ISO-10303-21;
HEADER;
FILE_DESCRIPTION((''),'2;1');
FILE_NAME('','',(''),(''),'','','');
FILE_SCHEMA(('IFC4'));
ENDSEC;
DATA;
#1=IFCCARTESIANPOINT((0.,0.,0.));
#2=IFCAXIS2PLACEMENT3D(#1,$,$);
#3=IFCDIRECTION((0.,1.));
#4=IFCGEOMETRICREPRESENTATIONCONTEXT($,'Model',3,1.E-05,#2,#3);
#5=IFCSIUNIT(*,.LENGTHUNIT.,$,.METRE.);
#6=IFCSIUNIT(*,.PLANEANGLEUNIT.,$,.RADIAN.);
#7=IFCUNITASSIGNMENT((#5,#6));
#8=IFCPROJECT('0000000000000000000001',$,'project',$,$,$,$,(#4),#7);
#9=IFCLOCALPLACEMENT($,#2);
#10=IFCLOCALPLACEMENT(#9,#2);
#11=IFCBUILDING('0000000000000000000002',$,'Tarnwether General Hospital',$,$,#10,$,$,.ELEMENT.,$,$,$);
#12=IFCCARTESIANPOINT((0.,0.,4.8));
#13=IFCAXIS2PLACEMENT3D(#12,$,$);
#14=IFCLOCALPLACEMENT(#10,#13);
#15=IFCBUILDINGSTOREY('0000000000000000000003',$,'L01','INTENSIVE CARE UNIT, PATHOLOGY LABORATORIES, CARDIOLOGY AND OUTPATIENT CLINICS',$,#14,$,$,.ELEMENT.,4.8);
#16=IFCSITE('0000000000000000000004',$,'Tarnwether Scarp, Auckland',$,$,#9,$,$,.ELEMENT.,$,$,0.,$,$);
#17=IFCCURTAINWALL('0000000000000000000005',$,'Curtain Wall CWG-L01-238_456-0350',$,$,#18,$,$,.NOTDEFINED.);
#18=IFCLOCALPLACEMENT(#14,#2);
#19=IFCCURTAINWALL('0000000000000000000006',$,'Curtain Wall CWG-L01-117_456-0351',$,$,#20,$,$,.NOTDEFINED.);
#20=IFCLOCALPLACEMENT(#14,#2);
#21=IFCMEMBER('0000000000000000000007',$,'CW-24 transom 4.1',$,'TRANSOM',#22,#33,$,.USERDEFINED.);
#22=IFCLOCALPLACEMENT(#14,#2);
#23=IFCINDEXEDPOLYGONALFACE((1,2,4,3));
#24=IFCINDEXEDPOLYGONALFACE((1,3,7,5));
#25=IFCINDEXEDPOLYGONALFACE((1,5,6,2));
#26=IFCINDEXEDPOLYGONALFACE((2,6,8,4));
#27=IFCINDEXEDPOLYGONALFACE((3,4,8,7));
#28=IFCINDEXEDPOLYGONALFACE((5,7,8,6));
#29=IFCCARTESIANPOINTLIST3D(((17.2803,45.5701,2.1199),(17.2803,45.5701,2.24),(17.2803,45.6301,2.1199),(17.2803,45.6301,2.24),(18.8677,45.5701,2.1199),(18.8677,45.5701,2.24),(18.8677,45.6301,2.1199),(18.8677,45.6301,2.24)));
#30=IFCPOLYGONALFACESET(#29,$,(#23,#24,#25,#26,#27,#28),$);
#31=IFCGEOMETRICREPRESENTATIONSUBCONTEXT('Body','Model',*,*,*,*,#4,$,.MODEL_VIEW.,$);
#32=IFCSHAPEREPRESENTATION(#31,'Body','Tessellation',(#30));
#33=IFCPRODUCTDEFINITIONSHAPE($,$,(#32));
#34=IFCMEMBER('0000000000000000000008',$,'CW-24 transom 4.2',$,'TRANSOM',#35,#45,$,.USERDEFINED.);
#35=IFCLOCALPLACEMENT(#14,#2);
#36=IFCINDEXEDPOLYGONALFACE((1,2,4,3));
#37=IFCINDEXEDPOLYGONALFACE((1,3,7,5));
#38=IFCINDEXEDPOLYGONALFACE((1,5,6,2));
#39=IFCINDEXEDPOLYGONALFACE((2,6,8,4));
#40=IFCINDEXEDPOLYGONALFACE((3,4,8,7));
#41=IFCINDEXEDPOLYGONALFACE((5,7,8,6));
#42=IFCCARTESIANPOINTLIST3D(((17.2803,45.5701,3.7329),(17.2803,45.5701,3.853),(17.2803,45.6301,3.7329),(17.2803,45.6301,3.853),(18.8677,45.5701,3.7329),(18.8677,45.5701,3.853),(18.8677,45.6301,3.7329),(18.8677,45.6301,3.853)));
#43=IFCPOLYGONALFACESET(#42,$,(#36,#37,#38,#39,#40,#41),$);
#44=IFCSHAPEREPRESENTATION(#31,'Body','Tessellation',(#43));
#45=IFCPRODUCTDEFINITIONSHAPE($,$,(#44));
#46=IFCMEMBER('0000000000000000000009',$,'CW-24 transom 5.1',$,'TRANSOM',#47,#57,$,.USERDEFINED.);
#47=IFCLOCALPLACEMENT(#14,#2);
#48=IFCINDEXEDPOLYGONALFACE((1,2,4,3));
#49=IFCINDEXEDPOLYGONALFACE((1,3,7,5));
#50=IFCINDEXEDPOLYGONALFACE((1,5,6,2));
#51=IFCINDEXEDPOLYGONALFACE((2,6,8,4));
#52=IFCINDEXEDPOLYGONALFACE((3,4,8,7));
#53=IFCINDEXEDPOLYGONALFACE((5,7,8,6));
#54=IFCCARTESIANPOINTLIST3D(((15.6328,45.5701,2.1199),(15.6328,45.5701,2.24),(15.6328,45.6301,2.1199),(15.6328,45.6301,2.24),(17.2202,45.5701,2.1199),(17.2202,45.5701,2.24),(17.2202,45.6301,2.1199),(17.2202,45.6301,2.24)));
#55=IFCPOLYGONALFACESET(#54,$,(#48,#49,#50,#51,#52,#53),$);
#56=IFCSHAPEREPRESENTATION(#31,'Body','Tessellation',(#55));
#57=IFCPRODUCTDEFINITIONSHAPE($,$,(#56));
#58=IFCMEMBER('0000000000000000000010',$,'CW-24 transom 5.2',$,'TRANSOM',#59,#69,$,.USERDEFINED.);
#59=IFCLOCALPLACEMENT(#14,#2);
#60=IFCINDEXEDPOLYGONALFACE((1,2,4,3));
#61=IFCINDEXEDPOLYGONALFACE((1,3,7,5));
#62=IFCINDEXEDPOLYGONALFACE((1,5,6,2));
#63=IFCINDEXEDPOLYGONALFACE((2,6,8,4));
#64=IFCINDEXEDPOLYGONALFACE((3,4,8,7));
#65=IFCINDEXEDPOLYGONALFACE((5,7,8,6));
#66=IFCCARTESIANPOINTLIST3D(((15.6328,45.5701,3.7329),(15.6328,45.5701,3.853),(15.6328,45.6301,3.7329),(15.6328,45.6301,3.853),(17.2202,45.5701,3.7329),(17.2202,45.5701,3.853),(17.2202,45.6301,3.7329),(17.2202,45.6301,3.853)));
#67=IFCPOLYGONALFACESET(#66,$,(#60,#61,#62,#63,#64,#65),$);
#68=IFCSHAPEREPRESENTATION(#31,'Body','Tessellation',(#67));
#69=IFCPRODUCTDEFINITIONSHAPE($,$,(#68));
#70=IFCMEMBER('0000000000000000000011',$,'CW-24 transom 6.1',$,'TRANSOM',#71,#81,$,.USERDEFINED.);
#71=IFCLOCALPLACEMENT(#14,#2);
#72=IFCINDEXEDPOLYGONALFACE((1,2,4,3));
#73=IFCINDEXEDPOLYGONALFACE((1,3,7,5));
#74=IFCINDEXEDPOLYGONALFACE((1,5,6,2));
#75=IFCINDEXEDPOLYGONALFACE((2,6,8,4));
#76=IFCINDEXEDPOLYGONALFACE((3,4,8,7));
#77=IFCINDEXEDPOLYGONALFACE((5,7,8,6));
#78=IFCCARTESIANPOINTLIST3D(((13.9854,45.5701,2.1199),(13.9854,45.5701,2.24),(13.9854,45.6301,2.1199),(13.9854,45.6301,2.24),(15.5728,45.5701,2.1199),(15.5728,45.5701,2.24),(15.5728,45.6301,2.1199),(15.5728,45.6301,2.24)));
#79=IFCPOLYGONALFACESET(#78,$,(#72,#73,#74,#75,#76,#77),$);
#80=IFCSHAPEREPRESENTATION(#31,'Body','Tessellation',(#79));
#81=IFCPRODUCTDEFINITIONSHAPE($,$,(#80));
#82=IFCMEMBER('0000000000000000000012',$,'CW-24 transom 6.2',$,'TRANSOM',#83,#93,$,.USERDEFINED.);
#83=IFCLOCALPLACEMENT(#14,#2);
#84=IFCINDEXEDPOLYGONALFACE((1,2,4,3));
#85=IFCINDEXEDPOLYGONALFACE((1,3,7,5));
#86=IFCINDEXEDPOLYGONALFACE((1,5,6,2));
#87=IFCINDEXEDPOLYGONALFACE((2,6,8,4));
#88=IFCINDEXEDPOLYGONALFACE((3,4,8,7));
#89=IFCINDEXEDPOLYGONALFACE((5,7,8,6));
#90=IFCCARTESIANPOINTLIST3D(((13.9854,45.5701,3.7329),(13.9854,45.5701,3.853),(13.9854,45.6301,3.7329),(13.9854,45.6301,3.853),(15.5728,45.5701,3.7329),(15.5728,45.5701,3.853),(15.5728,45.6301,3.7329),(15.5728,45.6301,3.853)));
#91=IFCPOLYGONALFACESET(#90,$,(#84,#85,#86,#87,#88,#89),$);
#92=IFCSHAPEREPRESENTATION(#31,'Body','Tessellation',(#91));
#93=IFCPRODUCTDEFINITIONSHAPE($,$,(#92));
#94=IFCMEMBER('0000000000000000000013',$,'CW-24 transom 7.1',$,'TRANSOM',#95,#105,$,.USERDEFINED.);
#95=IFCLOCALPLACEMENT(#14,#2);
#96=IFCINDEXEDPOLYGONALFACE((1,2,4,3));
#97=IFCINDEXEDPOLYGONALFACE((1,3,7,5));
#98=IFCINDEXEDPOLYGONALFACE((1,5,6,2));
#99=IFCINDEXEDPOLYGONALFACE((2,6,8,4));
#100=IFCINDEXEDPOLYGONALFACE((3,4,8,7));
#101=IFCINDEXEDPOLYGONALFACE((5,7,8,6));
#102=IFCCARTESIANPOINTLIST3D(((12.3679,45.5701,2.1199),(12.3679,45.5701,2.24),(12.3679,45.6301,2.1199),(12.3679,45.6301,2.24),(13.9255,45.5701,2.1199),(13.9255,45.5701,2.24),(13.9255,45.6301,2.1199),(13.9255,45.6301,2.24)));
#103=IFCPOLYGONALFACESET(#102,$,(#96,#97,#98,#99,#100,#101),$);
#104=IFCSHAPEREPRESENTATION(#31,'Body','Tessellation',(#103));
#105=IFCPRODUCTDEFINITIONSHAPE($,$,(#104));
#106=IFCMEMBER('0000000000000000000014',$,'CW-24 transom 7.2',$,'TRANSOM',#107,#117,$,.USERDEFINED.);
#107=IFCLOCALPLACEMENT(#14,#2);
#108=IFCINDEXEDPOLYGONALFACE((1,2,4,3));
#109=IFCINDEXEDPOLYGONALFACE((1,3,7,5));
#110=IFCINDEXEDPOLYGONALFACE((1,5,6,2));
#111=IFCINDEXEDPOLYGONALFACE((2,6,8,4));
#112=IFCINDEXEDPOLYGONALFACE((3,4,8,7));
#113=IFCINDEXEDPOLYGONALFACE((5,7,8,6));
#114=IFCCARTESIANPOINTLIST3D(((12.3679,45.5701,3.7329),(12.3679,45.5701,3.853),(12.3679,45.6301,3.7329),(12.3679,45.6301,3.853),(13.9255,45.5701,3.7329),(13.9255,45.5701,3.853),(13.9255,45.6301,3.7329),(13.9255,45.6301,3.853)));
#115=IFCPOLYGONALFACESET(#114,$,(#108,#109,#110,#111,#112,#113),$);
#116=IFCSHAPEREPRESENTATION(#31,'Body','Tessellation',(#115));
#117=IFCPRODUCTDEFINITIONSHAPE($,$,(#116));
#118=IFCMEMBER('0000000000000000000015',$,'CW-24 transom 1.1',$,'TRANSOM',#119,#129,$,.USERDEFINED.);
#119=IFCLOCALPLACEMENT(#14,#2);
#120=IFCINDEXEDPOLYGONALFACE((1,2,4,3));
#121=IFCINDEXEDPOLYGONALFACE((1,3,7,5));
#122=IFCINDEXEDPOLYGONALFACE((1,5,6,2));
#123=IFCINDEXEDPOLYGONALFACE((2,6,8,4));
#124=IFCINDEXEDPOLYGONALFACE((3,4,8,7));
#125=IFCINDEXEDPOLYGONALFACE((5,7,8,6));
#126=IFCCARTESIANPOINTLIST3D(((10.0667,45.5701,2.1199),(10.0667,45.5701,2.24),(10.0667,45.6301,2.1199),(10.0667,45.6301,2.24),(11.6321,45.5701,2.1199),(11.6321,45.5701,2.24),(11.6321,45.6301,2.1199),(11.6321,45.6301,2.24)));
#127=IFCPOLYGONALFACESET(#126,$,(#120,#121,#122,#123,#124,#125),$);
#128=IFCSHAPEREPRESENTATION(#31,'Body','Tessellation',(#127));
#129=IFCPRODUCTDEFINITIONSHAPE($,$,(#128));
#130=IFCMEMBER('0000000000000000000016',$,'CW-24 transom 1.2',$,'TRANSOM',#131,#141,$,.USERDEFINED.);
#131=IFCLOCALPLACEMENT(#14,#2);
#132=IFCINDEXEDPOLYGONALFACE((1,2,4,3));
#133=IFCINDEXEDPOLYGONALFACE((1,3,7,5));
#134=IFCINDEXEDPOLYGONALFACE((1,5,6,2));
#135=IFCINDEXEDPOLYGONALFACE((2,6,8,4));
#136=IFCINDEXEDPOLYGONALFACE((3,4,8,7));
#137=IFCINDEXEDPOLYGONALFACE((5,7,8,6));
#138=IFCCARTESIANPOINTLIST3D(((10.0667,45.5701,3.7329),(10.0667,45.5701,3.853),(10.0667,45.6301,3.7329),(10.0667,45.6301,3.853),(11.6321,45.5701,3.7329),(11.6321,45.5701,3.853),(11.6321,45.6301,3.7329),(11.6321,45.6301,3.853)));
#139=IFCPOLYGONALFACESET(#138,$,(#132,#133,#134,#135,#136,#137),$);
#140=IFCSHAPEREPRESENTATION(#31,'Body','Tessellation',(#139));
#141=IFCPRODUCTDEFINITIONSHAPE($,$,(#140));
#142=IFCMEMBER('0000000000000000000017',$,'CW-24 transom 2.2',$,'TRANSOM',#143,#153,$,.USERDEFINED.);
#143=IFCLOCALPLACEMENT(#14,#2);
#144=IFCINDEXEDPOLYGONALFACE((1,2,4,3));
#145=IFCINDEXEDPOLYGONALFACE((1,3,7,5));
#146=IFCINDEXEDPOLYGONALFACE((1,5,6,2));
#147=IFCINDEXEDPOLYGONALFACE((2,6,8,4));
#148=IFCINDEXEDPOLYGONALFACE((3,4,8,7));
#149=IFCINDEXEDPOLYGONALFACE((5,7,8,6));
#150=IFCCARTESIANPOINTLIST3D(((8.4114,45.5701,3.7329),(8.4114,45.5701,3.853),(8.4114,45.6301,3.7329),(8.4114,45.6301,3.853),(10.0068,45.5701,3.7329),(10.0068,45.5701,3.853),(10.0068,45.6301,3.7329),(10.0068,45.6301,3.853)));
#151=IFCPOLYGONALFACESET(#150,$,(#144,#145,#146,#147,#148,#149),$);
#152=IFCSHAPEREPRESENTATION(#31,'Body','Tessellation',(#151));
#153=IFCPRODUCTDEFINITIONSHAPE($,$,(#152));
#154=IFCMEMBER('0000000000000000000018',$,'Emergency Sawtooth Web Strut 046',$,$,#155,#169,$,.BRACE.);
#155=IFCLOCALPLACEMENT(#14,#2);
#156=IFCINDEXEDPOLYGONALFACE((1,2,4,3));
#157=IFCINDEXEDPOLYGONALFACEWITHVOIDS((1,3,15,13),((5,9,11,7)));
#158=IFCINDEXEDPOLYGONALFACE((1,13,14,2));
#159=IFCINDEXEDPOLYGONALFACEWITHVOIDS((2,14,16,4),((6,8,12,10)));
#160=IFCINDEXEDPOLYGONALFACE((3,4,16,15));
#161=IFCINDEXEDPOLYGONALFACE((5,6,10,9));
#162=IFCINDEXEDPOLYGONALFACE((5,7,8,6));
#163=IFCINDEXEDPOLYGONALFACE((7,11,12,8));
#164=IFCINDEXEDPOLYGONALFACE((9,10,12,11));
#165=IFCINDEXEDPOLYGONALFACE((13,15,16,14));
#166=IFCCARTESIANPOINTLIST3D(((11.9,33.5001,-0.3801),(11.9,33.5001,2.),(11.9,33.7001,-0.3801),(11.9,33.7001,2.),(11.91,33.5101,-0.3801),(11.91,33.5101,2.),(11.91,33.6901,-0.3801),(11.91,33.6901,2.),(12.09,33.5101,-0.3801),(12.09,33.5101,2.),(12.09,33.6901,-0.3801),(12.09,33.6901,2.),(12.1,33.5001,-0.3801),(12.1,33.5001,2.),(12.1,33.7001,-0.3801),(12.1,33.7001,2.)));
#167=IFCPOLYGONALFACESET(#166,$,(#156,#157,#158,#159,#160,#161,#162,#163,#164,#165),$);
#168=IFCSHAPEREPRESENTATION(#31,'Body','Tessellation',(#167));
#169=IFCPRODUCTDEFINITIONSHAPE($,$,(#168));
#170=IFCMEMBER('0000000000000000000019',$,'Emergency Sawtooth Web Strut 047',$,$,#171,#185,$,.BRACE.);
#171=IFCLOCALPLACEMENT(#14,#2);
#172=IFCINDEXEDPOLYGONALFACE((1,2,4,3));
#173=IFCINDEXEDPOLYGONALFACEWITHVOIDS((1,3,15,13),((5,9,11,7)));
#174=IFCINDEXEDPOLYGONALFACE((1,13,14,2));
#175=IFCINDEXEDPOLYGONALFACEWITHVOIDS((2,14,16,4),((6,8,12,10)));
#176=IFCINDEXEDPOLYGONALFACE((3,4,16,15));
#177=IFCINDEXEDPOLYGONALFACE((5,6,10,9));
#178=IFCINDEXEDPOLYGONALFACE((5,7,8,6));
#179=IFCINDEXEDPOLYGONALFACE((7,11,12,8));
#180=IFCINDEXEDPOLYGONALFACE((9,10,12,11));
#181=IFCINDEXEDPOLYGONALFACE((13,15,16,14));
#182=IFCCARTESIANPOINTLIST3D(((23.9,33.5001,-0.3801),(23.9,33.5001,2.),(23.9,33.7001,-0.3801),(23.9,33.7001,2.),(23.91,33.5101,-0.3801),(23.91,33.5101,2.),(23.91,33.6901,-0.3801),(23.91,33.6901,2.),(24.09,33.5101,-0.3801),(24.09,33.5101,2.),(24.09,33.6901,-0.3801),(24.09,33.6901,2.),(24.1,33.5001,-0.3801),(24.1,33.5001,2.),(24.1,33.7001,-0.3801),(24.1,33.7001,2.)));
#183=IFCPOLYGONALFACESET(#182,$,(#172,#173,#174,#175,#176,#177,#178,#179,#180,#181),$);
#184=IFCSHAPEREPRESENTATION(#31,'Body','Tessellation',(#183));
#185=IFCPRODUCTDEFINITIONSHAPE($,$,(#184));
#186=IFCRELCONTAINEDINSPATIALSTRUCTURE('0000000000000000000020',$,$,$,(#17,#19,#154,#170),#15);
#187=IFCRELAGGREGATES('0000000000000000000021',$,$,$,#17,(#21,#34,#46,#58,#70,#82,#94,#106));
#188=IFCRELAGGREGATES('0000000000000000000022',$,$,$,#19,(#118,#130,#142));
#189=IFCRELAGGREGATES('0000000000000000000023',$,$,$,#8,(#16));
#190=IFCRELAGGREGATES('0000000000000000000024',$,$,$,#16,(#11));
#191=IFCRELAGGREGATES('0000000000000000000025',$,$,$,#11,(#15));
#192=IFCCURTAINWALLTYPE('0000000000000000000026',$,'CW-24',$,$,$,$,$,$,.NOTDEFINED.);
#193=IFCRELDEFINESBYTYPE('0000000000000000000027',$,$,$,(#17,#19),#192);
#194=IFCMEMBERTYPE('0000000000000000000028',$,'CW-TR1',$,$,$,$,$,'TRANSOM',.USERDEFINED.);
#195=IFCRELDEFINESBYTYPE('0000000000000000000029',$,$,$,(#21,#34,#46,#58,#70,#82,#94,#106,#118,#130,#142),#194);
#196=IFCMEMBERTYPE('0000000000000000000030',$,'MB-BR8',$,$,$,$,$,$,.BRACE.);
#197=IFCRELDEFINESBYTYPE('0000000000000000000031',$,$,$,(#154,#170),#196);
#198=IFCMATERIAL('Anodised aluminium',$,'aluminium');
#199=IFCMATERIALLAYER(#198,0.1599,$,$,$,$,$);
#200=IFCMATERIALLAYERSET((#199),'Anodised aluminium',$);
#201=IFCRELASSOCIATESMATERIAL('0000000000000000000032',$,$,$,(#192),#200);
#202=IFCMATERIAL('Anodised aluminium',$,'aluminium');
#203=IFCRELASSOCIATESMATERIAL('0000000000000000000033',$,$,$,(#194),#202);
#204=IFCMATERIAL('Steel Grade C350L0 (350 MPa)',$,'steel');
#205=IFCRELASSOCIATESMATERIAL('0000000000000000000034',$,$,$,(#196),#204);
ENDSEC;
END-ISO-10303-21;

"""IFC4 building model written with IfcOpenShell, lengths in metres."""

from ifc_helpers import new_model, si_unit, direction, frame, origin, origin_2d, place, context, subcontext, project, spatial, rectangle, hollow_rectangle, extrude, material, layer, layer_set, material_profile, profile_set, type_object, element, aggregate, save


model = new_model("IFC4")

# Units and contexts
model_context = context("Model", 3, precision=1e-05, world=origin(), true_north=direction((0.0, 1.0)))
body_context = subcontext(model_context, "Body", "Model", "MODEL_VIEW")
ifc_project = project(units=[si_unit("LENGTHUNIT", "METRE"), si_unit("PLANEANGLEUNIT", "RADIAN")], contexts=[model_context])

# Site, building, storey
site_placement = place(None, origin())
site = spatial("IfcSite", under=ifc_project, at=site_placement, Name="Tarnwether Scarp, Auckland", CompositionType="ELEMENT", RefElevation=0.0)
building_placement = place(site_placement, origin())
building = spatial("IfcBuilding", under=site, at=building_placement, Name="Tarnwether General Hospital", CompositionType="ELEMENT")
storey_placement = place(building_placement, frame((0.0, 0.0, 4.8)))
storey = spatial("IfcBuildingStorey", under=building, at=storey_placement, Name="L01", Description="INTENSIVE CARE UNIT, PATHOLOGY LABORATORIES, CARDIOLOGY AND OUTPATIENT CLINICS", CompositionType="ELEMENT", Elevation=4.8)

# Curtain walls
ifc_material_1 = material(Name="Anodised aluminium", Category="aluminium")
ifc_layer_1 = layer(ifc_material_1, 0.1599)
ifc_layer_set_1 = layer_set([ifc_layer_1], Name="Anodised aluminium")
curtain_wall_type = type_object("IfcCurtainWallType", Name="CW-24", PredefinedType="NOTDEFINED", material=ifc_layer_set_1)
curtain_wall_1_placement = place(storey_placement, origin())
curtain_wall_1 = element("IfcCurtainWall", 1, at=curtain_wall_1_placement, inside=storey, type_object=curtain_wall_type, Name="Curtain Wall CWG-L01-238_456-0350", PredefinedType="NOTDEFINED")
curtain_wall_2_placement = place(storey_placement, origin())
curtain_wall_2 = element("IfcCurtainWall", 2, at=curtain_wall_2_placement, inside=storey, type_object=curtain_wall_type, Name="Curtain Wall CWG-L01-117_456-0351", PredefinedType="NOTDEFINED")

# Members
ifc_material_2 = material(Name="Anodised aluminium", Category="aluminium")
ifc_material_profile_1 = material_profile(ifc_material_2, rectangle(XDim=0.0601, YDim=0.1201, at=origin_2d()), Name="ALU-TRN-60x120")
ifc_profile_set_1 = profile_set([ifc_material_profile_1], Name="Anodised aluminium")
member_type_1 = type_object("IfcMemberType", Name="CW-TR1", ElementType="TRANSOM", PredefinedType="USERDEFINED", material=ifc_profile_set_1)
member_1_placement = place(storey_placement, frame((18.8677, 45.6001, 2.1799), z_axis=(-1.0, 0.0, 0.0), x_axis=(0.0, -1.0, 0.0)))
member_1 = element("IfcMember", 3, at=member_1_placement, type_object=member_type_1, Name="CW-24 transom 4.1", ObjectType="TRANSOM", PredefinedType="USERDEFINED", context=body_context, shape_type="SweptSolid", body=[
    extrude(rectangle(XDim=0.0601, YDim=0.1201, at=origin_2d()), origin(), (0.0, 0.0, 1.0), 1.5874),
])
member_2_placement = place(storey_placement, frame((18.8677, 45.6001, 3.793), z_axis=(-1.0, 0.0, 0.0), x_axis=(0.0, -1.0, 0.0)))
member_2 = element("IfcMember", 4, at=member_2_placement, type_object=member_type_1, Name="CW-24 transom 4.2", ObjectType="TRANSOM", PredefinedType="USERDEFINED", context=body_context, shape_type="SweptSolid", body=[
    extrude(rectangle(XDim=0.0601, YDim=0.1201, at=origin_2d()), origin(), (0.0, 0.0, 1.0), 1.5874),
])
member_3_placement = place(storey_placement, frame((17.2202, 45.6001, 2.1799), z_axis=(-1.0, 0.0, 0.0), x_axis=(0.0, -1.0, 0.0)))
member_3 = element("IfcMember", 5, at=member_3_placement, type_object=member_type_1, Name="CW-24 transom 5.1", ObjectType="TRANSOM", PredefinedType="USERDEFINED", context=body_context, shape_type="SweptSolid", body=[
    extrude(rectangle(XDim=0.0601, YDim=0.1201, at=origin_2d()), origin(), (0.0, 0.0, 1.0), 1.5874),
])
member_4_placement = place(storey_placement, frame((17.2202, 45.6001, 3.793), z_axis=(-1.0, 0.0, 0.0), x_axis=(0.0, -1.0, 0.0)))
member_4 = element("IfcMember", 6, at=member_4_placement, type_object=member_type_1, Name="CW-24 transom 5.2", ObjectType="TRANSOM", PredefinedType="USERDEFINED", context=body_context, shape_type="SweptSolid", body=[
    extrude(rectangle(XDim=0.0601, YDim=0.1201, at=origin_2d()), origin(), (0.0, 0.0, 1.0), 1.5874),
])
member_5_placement = place(storey_placement, frame((15.5728, 45.6001, 2.1799), z_axis=(-1.0, 0.0, 0.0), x_axis=(0.0, -1.0, 0.0)))
member_5 = element("IfcMember", 7, at=member_5_placement, type_object=member_type_1, Name="CW-24 transom 6.1", ObjectType="TRANSOM", PredefinedType="USERDEFINED", context=body_context, shape_type="SweptSolid", body=[
    extrude(rectangle(XDim=0.0601, YDim=0.1201, at=origin_2d()), origin(), (0.0, 0.0, 1.0), 1.5874),
])
member_6_placement = place(storey_placement, frame((15.5728, 45.6001, 3.793), z_axis=(-1.0, 0.0, 0.0), x_axis=(0.0, -1.0, 0.0)))
member_6 = element("IfcMember", 8, at=member_6_placement, type_object=member_type_1, Name="CW-24 transom 6.2", ObjectType="TRANSOM", PredefinedType="USERDEFINED", context=body_context, shape_type="SweptSolid", body=[
    extrude(rectangle(XDim=0.0601, YDim=0.1201, at=origin_2d()), origin(), (0.0, 0.0, 1.0), 1.5874),
])
member_7_placement = place(storey_placement, frame((13.9255, 45.6001, 2.1799), z_axis=(-1.0, 0.0, 0.0), x_axis=(0.0, -1.0, 0.0)))
member_7 = element("IfcMember", 9, at=member_7_placement, type_object=member_type_1, Name="CW-24 transom 7.1", ObjectType="TRANSOM", PredefinedType="USERDEFINED", context=body_context, shape_type="SweptSolid", body=[
    extrude(rectangle(XDim=0.0601, YDim=0.1201, at=origin_2d()), origin(), (0.0, 0.0, 1.0), 1.5576),
])
member_8_placement = place(storey_placement, frame((13.9255, 45.6001, 3.793), z_axis=(-1.0, 0.0, 0.0), x_axis=(0.0, -1.0, 0.0)))
member_8 = element("IfcMember", 10, at=member_8_placement, type_object=member_type_1, Name="CW-24 transom 7.2", ObjectType="TRANSOM", PredefinedType="USERDEFINED", context=body_context, shape_type="SweptSolid", body=[
    extrude(rectangle(XDim=0.0601, YDim=0.1201, at=origin_2d()), origin(), (0.0, 0.0, 1.0), 1.5576),
])
member_9_placement = place(storey_placement, frame((11.6321, 45.6001, 2.1799), z_axis=(-1.0, 0.0, 0.0), x_axis=(0.0, -1.0, 0.0)))
member_9 = element("IfcMember", 11, at=member_9_placement, type_object=member_type_1, Name="CW-24 transom 1.1", ObjectType="TRANSOM", PredefinedType="USERDEFINED", context=body_context, shape_type="SweptSolid", body=[
    extrude(rectangle(XDim=0.0601, YDim=0.1201, at=origin_2d()), origin(), (0.0, 0.0, 1.0), 1.5654),
])
member_10_placement = place(storey_placement, frame((11.6321, 45.6001, 3.793), z_axis=(-1.0, 0.0, 0.0), x_axis=(0.0, -1.0, 0.0)))
member_10 = element("IfcMember", 12, at=member_10_placement, type_object=member_type_1, Name="CW-24 transom 1.2", ObjectType="TRANSOM", PredefinedType="USERDEFINED", context=body_context, shape_type="SweptSolid", body=[
    extrude(rectangle(XDim=0.0601, YDim=0.1201, at=origin_2d()), origin(), (0.0, 0.0, 1.0), 1.5654),
])
member_11_placement = place(storey_placement, frame((10.0068, 45.6001, 3.793), z_axis=(-1.0, 0.0, 0.0), x_axis=(0.0, -1.0, 0.0)))
member_11 = element("IfcMember", 13, at=member_11_placement, type_object=member_type_1, Name="CW-24 transom 2.2", ObjectType="TRANSOM", PredefinedType="USERDEFINED", context=body_context, shape_type="SweptSolid", body=[
    extrude(rectangle(XDim=0.0601, YDim=0.1201, at=origin_2d()), origin(), (0.0, 0.0, 1.0), 1.5955),
])

# Members
ifc_material_3 = material(Name="Steel Grade C350L0 (350 MPa)", Category="steel")
ifc_material_profile_2 = material_profile(ifc_material_3, hollow_rectangle(XDim=0.2, YDim=0.2, WallThickness=0.01, at=origin_2d()), Name="SHS200x200x10")
ifc_profile_set_2 = profile_set([ifc_material_profile_2], Name="Steel Grade C350L0 (350 MPa)")
member_type_2 = type_object("IfcMemberType", Name="MB-BR8", PredefinedType="BRACE", material=ifc_profile_set_2)
for number, where, z_axis, x_axis, name in (
    (14, (12.0, 33.6001, -0.3801), (0.0, 0.0, 1.0), (1.0, 0.0, 0.0), "Emergency Sawtooth Web Strut 046"),
    (15, (24.0, 33.6001, -0.3801), (0.0, 0.0, 1.0), (1.0, 0.0, 0.0), "Emergency Sawtooth Web Strut 047"),
):
    element("IfcMember", number, at=place(storey_placement, frame(where, z_axis=z_axis, x_axis=x_axis)), inside=storey, type_object=member_type_2, Name=name, PredefinedType="BRACE", context=body_context, shape_type="SweptSolid", body=[
        extrude(hollow_rectangle(XDim=0.2, YDim=0.2, WallThickness=0.01, at=origin_2d()), origin(), (0.0, 0.0, 1.0), 2.3801),
    ])

aggregate(curtain_wall_1, [member_1, member_2, member_3, member_4, member_5, member_6, member_7, member_8])
aggregate(curtain_wall_2, [member_9, member_10, member_11])

save(model, "model.ifc")
